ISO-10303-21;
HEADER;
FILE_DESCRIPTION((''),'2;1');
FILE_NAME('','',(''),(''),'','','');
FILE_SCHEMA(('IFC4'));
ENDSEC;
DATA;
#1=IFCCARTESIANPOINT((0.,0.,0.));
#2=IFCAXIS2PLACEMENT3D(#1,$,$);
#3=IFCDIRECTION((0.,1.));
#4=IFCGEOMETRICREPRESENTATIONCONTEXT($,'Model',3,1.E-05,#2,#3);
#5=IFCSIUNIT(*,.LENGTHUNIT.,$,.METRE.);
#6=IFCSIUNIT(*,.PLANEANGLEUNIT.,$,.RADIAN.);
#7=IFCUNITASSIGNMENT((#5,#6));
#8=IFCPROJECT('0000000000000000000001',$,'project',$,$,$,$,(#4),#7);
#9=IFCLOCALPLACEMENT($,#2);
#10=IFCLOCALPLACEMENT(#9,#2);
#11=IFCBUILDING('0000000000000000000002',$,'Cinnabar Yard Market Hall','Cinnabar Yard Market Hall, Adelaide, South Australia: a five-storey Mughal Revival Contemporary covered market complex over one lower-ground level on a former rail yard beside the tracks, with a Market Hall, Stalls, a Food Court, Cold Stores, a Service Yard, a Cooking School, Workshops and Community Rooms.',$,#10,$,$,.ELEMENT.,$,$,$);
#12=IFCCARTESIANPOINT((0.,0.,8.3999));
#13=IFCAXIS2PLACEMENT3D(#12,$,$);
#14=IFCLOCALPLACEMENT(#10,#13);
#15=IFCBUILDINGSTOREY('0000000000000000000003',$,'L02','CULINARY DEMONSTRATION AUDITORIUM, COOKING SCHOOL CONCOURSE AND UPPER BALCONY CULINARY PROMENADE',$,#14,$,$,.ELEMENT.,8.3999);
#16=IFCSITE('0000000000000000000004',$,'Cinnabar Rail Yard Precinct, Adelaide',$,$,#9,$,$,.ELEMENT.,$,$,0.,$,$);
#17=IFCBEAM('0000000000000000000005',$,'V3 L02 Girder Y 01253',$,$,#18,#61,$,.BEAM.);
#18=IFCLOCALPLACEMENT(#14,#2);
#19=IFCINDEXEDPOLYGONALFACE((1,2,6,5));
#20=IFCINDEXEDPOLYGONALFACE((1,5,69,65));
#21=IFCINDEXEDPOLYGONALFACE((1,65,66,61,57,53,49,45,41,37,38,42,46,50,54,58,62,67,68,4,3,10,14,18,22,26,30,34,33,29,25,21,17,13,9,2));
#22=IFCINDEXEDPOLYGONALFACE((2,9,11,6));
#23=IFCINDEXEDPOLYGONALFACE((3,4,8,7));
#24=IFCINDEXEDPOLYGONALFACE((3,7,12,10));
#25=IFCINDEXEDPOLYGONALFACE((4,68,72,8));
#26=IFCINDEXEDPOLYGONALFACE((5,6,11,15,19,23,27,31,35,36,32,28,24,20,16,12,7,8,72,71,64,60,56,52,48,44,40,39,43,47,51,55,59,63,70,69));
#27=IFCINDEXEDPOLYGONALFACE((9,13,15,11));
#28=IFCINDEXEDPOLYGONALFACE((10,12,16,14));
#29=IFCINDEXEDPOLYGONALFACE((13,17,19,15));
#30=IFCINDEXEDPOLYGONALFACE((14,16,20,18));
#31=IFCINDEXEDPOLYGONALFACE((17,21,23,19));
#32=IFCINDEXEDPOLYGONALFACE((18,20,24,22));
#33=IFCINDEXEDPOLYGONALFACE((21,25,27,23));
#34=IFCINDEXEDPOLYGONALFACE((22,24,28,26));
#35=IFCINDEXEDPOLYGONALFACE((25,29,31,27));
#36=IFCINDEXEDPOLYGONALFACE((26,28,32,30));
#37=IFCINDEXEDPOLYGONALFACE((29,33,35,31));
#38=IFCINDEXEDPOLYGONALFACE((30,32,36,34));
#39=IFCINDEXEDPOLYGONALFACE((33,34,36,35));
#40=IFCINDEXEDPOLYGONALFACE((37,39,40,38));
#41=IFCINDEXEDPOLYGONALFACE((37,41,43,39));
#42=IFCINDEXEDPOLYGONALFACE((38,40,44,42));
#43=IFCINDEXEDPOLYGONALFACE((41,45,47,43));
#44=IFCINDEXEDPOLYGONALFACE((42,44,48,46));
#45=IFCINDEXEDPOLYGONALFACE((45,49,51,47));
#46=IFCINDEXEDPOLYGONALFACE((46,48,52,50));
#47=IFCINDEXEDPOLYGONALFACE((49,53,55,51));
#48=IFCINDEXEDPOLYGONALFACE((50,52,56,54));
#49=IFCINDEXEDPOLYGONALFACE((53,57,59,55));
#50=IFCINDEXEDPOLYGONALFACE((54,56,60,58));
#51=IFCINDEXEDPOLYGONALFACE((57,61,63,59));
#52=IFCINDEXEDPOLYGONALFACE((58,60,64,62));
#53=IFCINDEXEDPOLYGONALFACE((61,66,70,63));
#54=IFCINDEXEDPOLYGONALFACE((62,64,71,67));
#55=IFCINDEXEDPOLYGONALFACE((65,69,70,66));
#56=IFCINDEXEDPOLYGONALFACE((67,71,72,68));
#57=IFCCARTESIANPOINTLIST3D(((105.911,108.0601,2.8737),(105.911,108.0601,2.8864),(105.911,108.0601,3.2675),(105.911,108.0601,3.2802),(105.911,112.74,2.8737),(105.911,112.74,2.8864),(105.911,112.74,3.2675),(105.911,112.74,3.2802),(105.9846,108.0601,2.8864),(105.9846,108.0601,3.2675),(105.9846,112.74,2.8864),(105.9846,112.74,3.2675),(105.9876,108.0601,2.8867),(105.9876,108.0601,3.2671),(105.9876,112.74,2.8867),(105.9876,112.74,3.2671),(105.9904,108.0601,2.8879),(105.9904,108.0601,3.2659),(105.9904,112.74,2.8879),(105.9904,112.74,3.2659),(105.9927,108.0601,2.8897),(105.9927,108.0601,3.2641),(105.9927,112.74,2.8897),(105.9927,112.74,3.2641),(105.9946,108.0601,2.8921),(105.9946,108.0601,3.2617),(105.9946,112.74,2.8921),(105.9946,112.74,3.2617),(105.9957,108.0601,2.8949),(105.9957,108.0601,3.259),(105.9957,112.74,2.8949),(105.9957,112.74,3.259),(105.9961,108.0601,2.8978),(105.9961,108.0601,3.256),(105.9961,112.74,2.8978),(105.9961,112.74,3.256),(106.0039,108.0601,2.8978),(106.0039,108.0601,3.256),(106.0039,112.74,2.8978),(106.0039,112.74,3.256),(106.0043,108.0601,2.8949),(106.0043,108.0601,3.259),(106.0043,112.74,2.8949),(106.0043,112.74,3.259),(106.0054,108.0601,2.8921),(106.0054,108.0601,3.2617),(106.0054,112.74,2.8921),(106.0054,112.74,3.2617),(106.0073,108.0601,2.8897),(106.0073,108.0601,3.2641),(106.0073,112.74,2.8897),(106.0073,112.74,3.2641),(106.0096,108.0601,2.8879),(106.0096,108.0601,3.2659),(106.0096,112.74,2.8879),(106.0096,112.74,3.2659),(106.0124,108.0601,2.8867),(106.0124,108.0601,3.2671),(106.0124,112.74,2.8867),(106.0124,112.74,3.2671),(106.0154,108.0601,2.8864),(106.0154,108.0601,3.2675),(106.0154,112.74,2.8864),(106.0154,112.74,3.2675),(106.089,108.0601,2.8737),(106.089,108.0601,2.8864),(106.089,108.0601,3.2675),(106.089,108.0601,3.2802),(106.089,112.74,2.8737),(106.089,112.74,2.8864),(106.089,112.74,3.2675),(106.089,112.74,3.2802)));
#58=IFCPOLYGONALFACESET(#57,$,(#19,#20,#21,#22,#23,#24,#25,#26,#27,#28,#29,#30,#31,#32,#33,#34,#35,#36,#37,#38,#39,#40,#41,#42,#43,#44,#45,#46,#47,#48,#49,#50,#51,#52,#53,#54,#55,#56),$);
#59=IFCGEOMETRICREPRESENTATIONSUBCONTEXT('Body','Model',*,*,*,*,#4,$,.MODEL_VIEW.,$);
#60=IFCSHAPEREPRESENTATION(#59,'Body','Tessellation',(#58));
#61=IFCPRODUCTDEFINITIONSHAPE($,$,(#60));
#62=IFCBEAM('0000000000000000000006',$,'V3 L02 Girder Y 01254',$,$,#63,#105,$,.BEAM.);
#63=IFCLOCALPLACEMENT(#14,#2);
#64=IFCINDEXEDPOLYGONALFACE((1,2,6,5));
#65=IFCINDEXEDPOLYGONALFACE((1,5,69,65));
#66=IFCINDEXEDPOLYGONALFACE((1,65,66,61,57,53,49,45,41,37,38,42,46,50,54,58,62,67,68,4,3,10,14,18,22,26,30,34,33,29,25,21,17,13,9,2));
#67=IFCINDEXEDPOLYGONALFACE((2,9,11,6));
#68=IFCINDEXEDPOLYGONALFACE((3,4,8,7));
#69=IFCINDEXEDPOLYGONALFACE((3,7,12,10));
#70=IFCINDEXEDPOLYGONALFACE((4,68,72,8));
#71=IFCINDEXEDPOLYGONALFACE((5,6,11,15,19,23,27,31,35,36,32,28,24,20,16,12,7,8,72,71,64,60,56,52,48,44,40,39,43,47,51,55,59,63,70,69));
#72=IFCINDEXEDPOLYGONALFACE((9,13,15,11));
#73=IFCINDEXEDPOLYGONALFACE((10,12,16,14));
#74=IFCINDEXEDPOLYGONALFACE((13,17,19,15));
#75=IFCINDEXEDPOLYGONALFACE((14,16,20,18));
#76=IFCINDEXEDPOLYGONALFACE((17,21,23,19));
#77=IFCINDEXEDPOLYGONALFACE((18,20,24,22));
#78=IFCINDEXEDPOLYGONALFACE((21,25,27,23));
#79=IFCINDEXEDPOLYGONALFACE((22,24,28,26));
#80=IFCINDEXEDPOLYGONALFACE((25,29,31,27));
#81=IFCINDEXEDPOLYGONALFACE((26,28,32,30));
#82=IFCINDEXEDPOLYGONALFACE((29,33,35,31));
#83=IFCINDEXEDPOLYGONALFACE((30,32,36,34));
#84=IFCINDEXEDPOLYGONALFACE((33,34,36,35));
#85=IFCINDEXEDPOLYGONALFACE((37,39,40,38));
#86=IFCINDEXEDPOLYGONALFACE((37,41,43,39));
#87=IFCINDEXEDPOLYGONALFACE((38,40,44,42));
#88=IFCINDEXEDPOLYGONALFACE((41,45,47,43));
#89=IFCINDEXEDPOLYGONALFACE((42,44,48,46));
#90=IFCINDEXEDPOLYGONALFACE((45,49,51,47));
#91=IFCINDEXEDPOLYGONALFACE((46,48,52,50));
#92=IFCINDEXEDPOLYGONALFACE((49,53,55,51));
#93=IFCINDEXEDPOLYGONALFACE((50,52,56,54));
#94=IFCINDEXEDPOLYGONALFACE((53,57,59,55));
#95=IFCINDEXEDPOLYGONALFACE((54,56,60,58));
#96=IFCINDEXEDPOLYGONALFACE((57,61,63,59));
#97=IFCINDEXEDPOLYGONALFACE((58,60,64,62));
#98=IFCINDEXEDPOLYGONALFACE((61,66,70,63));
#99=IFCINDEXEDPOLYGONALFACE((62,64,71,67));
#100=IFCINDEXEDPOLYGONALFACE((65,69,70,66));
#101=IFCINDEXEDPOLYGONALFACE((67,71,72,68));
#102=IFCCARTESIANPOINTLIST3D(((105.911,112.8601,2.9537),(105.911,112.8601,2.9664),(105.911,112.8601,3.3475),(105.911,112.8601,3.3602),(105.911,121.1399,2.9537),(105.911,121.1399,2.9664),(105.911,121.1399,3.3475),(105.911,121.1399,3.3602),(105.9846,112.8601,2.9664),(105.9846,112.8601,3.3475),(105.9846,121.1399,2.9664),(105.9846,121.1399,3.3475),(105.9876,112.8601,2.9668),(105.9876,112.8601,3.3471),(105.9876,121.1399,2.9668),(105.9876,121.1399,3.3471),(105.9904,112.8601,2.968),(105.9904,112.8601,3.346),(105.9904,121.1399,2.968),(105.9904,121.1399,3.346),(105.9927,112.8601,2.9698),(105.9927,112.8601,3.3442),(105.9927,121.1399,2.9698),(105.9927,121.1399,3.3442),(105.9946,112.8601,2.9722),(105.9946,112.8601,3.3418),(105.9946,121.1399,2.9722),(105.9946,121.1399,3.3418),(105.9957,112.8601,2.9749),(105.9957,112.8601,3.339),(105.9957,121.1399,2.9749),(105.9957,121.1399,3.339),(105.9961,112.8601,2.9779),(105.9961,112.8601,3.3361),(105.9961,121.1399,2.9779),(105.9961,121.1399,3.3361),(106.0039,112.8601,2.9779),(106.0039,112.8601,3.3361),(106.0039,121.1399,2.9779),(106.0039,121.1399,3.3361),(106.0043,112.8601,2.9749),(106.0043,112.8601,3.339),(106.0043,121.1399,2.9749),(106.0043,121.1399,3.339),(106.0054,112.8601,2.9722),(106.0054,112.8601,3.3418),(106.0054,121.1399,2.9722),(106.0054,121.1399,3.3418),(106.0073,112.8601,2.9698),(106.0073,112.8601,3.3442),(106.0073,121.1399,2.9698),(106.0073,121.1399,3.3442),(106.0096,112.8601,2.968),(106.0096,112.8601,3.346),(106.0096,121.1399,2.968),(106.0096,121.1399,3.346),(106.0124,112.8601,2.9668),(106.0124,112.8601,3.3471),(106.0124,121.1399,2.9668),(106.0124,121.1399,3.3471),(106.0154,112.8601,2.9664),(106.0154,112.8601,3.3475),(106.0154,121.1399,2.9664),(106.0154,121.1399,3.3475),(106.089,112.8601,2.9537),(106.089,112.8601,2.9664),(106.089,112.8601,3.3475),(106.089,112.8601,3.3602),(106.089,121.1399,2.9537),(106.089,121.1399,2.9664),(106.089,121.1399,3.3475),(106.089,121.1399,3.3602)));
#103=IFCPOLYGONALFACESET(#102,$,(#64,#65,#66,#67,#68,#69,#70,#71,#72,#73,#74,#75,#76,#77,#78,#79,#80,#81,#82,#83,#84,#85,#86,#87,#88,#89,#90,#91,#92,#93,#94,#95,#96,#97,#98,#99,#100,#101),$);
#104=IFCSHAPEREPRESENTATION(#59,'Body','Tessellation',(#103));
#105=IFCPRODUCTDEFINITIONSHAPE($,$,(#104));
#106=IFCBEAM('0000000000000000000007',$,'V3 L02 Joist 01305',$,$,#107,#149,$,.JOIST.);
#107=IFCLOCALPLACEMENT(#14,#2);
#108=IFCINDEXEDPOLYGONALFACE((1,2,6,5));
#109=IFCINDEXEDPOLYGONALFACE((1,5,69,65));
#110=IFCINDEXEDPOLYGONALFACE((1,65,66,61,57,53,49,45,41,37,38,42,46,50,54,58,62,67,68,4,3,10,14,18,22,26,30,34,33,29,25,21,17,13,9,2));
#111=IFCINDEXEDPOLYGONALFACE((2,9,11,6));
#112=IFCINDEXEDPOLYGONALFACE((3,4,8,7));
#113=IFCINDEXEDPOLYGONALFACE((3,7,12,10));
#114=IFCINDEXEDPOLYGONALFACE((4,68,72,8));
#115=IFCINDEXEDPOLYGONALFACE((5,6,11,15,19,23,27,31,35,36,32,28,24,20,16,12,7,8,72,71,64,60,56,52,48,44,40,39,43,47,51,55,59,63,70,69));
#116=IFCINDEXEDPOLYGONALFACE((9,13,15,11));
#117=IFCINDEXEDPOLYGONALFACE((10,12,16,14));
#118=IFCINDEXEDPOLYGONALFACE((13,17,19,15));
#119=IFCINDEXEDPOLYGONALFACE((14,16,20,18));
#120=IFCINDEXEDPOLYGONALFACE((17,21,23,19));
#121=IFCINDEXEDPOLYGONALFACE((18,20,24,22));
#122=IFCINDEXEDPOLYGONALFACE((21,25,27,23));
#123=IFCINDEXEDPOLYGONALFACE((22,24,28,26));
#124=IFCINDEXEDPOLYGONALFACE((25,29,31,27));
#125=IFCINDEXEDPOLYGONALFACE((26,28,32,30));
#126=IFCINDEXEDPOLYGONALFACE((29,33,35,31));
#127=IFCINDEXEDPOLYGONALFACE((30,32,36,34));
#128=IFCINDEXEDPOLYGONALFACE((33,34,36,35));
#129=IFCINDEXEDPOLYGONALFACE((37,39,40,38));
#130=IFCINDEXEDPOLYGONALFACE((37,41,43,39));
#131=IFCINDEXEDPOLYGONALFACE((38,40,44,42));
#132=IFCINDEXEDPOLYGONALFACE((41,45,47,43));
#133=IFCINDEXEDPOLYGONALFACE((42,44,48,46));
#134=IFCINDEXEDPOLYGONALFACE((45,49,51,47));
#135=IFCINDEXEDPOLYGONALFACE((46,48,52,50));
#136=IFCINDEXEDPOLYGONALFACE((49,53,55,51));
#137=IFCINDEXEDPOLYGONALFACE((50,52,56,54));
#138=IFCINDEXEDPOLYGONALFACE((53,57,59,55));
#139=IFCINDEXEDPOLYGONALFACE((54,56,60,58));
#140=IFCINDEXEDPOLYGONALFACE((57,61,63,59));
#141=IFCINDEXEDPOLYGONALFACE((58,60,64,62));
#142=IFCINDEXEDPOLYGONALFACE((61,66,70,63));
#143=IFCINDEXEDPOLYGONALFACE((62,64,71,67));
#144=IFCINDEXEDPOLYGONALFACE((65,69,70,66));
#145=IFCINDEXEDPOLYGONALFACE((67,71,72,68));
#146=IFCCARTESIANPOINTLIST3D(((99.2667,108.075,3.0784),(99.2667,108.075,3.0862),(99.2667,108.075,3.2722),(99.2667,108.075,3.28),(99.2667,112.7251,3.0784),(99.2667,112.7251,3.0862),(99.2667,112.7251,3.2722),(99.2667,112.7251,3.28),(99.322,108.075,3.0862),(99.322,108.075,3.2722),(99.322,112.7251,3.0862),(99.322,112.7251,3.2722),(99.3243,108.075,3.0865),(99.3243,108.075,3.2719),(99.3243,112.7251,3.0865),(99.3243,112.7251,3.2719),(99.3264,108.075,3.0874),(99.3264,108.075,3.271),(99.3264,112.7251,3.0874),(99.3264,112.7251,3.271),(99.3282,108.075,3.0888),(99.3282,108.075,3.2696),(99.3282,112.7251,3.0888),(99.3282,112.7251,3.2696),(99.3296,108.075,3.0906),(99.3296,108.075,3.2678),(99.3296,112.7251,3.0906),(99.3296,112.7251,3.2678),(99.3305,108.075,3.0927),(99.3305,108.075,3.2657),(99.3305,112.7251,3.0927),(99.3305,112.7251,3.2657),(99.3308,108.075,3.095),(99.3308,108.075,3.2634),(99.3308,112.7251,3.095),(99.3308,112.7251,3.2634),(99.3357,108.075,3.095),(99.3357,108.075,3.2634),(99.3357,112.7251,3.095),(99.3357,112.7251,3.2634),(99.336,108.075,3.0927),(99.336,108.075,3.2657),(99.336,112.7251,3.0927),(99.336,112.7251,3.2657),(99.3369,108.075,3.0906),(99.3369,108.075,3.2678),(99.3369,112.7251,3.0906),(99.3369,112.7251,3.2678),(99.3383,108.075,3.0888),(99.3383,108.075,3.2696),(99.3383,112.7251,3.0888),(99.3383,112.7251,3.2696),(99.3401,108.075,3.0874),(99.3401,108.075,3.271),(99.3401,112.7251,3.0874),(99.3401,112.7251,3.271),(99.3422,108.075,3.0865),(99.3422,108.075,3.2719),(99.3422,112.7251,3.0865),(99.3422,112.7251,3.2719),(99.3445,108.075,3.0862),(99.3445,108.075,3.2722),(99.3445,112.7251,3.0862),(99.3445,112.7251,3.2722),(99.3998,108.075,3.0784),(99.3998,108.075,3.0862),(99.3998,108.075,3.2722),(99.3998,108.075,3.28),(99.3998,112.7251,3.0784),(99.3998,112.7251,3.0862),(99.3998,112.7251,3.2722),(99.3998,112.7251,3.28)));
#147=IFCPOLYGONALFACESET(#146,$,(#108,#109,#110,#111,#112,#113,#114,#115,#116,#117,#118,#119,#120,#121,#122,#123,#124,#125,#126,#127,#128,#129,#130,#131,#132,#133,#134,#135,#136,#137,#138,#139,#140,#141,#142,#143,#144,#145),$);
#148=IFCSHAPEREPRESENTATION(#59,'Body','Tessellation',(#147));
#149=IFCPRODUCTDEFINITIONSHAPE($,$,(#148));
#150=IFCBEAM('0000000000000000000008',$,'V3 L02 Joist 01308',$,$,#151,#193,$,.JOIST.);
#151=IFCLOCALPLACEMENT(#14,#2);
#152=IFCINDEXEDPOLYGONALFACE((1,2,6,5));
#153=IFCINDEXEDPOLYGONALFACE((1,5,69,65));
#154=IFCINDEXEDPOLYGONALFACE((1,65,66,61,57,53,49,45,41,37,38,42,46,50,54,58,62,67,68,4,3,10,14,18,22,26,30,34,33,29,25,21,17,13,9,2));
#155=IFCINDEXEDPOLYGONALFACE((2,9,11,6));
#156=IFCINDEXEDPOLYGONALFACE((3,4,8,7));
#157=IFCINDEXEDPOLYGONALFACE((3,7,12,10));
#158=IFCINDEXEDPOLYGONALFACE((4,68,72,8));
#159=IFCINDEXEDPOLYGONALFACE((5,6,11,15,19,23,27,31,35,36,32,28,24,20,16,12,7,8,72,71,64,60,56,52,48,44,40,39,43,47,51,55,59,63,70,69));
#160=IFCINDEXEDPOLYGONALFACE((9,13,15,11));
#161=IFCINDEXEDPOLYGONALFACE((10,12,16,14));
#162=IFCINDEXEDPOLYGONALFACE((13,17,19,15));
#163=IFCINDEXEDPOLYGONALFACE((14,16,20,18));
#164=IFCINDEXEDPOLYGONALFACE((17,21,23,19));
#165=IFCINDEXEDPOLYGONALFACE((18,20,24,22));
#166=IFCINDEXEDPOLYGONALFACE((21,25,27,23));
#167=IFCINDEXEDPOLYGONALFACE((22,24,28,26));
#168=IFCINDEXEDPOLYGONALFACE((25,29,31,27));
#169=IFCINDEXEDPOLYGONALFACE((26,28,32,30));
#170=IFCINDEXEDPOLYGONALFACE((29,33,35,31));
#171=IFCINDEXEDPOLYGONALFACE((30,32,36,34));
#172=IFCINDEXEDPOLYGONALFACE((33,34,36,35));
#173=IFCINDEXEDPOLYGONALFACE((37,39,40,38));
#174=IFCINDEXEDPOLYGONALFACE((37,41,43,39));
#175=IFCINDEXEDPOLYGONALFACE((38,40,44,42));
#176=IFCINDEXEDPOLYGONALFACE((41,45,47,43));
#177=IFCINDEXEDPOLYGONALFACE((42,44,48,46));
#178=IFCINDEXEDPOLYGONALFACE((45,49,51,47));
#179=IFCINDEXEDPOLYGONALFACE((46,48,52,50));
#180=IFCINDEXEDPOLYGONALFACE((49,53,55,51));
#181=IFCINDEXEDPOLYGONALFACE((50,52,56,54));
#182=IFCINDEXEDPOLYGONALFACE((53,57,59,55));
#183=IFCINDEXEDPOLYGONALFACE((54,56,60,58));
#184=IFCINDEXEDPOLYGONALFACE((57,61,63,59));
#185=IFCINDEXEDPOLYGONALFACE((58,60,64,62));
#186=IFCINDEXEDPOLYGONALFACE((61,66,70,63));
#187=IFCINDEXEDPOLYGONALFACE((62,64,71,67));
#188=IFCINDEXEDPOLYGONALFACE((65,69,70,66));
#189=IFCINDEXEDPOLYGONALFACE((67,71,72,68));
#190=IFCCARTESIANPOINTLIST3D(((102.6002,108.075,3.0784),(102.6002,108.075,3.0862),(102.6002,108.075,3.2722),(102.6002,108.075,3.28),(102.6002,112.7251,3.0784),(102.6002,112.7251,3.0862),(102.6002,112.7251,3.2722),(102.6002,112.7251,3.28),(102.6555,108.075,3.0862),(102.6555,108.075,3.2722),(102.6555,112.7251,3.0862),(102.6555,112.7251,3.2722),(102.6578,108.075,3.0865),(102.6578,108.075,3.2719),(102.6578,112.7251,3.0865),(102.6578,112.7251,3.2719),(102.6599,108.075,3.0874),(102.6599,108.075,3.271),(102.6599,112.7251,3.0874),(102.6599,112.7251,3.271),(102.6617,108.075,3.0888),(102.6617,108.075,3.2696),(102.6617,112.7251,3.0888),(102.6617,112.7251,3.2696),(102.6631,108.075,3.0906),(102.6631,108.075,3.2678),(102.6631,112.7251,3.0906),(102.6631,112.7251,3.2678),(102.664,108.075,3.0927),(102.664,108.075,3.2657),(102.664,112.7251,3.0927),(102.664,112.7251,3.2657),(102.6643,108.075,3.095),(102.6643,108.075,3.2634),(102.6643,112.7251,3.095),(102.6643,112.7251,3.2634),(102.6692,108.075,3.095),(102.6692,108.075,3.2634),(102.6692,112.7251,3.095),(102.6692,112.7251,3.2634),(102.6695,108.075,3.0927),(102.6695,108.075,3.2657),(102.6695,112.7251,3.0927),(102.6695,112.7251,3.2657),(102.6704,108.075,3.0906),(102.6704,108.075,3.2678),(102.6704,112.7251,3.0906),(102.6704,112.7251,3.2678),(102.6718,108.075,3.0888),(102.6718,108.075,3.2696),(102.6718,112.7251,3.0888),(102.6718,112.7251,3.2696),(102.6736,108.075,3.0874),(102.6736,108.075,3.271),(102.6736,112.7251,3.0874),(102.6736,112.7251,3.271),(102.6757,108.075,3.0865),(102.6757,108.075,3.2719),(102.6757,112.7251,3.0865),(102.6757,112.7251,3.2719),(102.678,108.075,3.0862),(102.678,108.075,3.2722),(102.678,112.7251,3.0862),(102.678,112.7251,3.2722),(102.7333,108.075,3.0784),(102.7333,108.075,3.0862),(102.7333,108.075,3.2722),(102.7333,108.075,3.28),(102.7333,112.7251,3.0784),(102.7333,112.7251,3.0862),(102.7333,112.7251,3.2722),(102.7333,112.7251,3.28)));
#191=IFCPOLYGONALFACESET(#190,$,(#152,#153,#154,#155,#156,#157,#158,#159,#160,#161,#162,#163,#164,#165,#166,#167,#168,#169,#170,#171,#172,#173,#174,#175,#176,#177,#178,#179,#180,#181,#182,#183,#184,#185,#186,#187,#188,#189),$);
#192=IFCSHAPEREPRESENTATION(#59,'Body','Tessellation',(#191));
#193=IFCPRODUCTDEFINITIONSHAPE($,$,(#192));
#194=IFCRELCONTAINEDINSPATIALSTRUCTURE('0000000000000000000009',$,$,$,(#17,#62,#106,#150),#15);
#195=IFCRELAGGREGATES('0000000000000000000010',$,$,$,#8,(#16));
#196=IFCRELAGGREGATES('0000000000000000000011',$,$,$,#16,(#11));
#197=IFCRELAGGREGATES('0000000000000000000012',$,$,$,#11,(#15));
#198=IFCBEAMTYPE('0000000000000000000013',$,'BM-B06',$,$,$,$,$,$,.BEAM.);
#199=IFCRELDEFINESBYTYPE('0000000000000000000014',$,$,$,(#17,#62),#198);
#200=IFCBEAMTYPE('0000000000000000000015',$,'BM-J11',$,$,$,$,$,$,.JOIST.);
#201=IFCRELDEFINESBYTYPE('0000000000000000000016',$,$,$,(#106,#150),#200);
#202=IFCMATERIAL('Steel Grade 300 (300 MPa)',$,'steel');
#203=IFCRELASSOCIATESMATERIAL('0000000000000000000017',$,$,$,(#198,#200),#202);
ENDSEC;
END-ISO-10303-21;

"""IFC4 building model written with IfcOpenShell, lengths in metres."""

from ifc_helpers import new_model, si_unit, direction, frame, origin, origin_2d_with_axis, place, context, subcontext, project, spatial, i_section, extrude, material, material_profile, profile_set, type_object, element, save


model = new_model("IFC4")

# Units and contexts
model_context = context("Model", 3, precision=1e-05, world=origin(), true_north=direction((0.0, 1.0)))
body_context = subcontext(model_context, "Body", "Model", "MODEL_VIEW")
ifc_project = project(units=[si_unit("LENGTHUNIT", "METRE"), si_unit("PLANEANGLEUNIT", "RADIAN")], contexts=[model_context])

# Site, building, storey
site_placement = place(None, origin())
site = spatial("IfcSite", under=ifc_project, at=site_placement, Name="Cinnabar Rail Yard Precinct, Adelaide", CompositionType="ELEMENT", RefElevation=0.0)
building_placement = place(site_placement, origin())
building = spatial("IfcBuilding", under=site, at=building_placement, Name="Cinnabar Yard Market Hall", Description="Cinnabar Yard Market Hall, Adelaide, South Australia: a five-storey Mughal Revival Contemporary covered market complex over one lower-ground level on a former rail yard beside the tracks, with a Market Hall, Stalls, a Food Court, Cold Stores, a Service Yard, a Cooking School, Workshops and Community Rooms.", CompositionType="ELEMENT")
storey_placement = place(building_placement, frame((0.0, 0.0, 8.3999)))
storey = spatial("IfcBuildingStorey", under=building, at=storey_placement, Name="L02", Description="CULINARY DEMONSTRATION AUDITORIUM, COOKING SCHOOL CONCOURSE AND UPPER BALCONY CULINARY PROMENADE", CompositionType="ELEMENT", Elevation=8.3999)

# Shared definitions
ifc_material_1 = material(Name="Steel Grade 300 (300 MPa)", Category="steel")

# Beams
ifc_material_profile_1 = material_profile(ifc_material_1, i_section(OverallWidth=0.178, OverallDepth=0.4065, WebThickness=0.0078, FlangeThickness=0.0127, FilletRadius=0.0115, at=origin_2d_with_axis()), Name="410UB59.7")
ifc_profile_set_1 = profile_set([ifc_material_profile_1], Name="Steel Grade 300 (300 MPa)")
beam_type_1 = type_object("IfcBeamType", Name="BM-B06", PredefinedType="BEAM", material=ifc_profile_set_1)
beam_1_placement = place(storey_placement, frame((106.0, 108.0601, 3.0769), z_axis=(0.0, 1.0, 0.0), x_axis=(-1.0, 0.0, 0.0)))
element("IfcBeam", 1, at=beam_1_placement, inside=storey, type_object=beam_type_1, Name="V3 L02 Girder Y 01253", PredefinedType="BEAM", context=body_context, shape_type="SweptSolid", body=[
    extrude(i_section(OverallWidth=0.178, OverallDepth=0.4065, WebThickness=0.0078, FlangeThickness=0.0127, FilletRadius=0.0115, at=origin_2d_with_axis()), origin(), (0.0, 0.0, 1.0), 4.6799),
])
beam_2_placement = place(storey_placement, frame((106.0, 112.8601, 3.157), z_axis=(0.0, 1.0, 0.0), x_axis=(-1.0, 0.0, 0.0)))
element("IfcBeam", 2, at=beam_2_placement, inside=storey, type_object=beam_type_1, Name="V3 L02 Girder Y 01254", PredefinedType="BEAM", context=body_context, shape_type="SweptSolid", body=[
    extrude(i_section(OverallWidth=0.178, OverallDepth=0.4065, WebThickness=0.0078, FlangeThickness=0.0127, FilletRadius=0.0115, at=origin_2d_with_axis()), origin(), (0.0, 0.0, 1.0), 8.2798),
])
ifc_material_profile_2 = material_profile(ifc_material_1, i_section(OverallWidth=0.1331, OverallDepth=0.2017, WebThickness=0.0049, FlangeThickness=0.0078, FilletRadius=0.0088, at=origin_2d_with_axis()), Name="200UB22.3")
ifc_profile_set_2 = profile_set([ifc_material_profile_2], Name="Steel Grade 300 (300 MPa)")
beam_type_2 = type_object("IfcBeamType", Name="BM-J11", PredefinedType="JOIST", material=ifc_profile_set_2)
for number, where, z_axis, x_axis, name in (
    (3, (99.3333, 108.075, 3.1792), (0.0, 1.0, 0.0), (-1.0, 0.0, 0.0), "V3 L02 Joist 01305"),
    (4, (102.6667, 108.075, 3.1792), (0.0, 1.0, 0.0), (-1.0, 0.0, 0.0), "V3 L02 Joist 01308"),
):
    element("IfcBeam", number, at=place(storey_placement, frame(where, z_axis=z_axis, x_axis=x_axis)), inside=storey, type_object=beam_type_2, Name=name, PredefinedType="JOIST", context=body_context, shape_type="SweptSolid", body=[
        extrude(i_section(OverallWidth=0.1331, OverallDepth=0.2017, WebThickness=0.0049, FlangeThickness=0.0078, FilletRadius=0.0088, at=origin_2d_with_axis()), origin(), (0.0, 0.0, 1.0), 4.6501),
    ])

save(model, "model.ifc")
